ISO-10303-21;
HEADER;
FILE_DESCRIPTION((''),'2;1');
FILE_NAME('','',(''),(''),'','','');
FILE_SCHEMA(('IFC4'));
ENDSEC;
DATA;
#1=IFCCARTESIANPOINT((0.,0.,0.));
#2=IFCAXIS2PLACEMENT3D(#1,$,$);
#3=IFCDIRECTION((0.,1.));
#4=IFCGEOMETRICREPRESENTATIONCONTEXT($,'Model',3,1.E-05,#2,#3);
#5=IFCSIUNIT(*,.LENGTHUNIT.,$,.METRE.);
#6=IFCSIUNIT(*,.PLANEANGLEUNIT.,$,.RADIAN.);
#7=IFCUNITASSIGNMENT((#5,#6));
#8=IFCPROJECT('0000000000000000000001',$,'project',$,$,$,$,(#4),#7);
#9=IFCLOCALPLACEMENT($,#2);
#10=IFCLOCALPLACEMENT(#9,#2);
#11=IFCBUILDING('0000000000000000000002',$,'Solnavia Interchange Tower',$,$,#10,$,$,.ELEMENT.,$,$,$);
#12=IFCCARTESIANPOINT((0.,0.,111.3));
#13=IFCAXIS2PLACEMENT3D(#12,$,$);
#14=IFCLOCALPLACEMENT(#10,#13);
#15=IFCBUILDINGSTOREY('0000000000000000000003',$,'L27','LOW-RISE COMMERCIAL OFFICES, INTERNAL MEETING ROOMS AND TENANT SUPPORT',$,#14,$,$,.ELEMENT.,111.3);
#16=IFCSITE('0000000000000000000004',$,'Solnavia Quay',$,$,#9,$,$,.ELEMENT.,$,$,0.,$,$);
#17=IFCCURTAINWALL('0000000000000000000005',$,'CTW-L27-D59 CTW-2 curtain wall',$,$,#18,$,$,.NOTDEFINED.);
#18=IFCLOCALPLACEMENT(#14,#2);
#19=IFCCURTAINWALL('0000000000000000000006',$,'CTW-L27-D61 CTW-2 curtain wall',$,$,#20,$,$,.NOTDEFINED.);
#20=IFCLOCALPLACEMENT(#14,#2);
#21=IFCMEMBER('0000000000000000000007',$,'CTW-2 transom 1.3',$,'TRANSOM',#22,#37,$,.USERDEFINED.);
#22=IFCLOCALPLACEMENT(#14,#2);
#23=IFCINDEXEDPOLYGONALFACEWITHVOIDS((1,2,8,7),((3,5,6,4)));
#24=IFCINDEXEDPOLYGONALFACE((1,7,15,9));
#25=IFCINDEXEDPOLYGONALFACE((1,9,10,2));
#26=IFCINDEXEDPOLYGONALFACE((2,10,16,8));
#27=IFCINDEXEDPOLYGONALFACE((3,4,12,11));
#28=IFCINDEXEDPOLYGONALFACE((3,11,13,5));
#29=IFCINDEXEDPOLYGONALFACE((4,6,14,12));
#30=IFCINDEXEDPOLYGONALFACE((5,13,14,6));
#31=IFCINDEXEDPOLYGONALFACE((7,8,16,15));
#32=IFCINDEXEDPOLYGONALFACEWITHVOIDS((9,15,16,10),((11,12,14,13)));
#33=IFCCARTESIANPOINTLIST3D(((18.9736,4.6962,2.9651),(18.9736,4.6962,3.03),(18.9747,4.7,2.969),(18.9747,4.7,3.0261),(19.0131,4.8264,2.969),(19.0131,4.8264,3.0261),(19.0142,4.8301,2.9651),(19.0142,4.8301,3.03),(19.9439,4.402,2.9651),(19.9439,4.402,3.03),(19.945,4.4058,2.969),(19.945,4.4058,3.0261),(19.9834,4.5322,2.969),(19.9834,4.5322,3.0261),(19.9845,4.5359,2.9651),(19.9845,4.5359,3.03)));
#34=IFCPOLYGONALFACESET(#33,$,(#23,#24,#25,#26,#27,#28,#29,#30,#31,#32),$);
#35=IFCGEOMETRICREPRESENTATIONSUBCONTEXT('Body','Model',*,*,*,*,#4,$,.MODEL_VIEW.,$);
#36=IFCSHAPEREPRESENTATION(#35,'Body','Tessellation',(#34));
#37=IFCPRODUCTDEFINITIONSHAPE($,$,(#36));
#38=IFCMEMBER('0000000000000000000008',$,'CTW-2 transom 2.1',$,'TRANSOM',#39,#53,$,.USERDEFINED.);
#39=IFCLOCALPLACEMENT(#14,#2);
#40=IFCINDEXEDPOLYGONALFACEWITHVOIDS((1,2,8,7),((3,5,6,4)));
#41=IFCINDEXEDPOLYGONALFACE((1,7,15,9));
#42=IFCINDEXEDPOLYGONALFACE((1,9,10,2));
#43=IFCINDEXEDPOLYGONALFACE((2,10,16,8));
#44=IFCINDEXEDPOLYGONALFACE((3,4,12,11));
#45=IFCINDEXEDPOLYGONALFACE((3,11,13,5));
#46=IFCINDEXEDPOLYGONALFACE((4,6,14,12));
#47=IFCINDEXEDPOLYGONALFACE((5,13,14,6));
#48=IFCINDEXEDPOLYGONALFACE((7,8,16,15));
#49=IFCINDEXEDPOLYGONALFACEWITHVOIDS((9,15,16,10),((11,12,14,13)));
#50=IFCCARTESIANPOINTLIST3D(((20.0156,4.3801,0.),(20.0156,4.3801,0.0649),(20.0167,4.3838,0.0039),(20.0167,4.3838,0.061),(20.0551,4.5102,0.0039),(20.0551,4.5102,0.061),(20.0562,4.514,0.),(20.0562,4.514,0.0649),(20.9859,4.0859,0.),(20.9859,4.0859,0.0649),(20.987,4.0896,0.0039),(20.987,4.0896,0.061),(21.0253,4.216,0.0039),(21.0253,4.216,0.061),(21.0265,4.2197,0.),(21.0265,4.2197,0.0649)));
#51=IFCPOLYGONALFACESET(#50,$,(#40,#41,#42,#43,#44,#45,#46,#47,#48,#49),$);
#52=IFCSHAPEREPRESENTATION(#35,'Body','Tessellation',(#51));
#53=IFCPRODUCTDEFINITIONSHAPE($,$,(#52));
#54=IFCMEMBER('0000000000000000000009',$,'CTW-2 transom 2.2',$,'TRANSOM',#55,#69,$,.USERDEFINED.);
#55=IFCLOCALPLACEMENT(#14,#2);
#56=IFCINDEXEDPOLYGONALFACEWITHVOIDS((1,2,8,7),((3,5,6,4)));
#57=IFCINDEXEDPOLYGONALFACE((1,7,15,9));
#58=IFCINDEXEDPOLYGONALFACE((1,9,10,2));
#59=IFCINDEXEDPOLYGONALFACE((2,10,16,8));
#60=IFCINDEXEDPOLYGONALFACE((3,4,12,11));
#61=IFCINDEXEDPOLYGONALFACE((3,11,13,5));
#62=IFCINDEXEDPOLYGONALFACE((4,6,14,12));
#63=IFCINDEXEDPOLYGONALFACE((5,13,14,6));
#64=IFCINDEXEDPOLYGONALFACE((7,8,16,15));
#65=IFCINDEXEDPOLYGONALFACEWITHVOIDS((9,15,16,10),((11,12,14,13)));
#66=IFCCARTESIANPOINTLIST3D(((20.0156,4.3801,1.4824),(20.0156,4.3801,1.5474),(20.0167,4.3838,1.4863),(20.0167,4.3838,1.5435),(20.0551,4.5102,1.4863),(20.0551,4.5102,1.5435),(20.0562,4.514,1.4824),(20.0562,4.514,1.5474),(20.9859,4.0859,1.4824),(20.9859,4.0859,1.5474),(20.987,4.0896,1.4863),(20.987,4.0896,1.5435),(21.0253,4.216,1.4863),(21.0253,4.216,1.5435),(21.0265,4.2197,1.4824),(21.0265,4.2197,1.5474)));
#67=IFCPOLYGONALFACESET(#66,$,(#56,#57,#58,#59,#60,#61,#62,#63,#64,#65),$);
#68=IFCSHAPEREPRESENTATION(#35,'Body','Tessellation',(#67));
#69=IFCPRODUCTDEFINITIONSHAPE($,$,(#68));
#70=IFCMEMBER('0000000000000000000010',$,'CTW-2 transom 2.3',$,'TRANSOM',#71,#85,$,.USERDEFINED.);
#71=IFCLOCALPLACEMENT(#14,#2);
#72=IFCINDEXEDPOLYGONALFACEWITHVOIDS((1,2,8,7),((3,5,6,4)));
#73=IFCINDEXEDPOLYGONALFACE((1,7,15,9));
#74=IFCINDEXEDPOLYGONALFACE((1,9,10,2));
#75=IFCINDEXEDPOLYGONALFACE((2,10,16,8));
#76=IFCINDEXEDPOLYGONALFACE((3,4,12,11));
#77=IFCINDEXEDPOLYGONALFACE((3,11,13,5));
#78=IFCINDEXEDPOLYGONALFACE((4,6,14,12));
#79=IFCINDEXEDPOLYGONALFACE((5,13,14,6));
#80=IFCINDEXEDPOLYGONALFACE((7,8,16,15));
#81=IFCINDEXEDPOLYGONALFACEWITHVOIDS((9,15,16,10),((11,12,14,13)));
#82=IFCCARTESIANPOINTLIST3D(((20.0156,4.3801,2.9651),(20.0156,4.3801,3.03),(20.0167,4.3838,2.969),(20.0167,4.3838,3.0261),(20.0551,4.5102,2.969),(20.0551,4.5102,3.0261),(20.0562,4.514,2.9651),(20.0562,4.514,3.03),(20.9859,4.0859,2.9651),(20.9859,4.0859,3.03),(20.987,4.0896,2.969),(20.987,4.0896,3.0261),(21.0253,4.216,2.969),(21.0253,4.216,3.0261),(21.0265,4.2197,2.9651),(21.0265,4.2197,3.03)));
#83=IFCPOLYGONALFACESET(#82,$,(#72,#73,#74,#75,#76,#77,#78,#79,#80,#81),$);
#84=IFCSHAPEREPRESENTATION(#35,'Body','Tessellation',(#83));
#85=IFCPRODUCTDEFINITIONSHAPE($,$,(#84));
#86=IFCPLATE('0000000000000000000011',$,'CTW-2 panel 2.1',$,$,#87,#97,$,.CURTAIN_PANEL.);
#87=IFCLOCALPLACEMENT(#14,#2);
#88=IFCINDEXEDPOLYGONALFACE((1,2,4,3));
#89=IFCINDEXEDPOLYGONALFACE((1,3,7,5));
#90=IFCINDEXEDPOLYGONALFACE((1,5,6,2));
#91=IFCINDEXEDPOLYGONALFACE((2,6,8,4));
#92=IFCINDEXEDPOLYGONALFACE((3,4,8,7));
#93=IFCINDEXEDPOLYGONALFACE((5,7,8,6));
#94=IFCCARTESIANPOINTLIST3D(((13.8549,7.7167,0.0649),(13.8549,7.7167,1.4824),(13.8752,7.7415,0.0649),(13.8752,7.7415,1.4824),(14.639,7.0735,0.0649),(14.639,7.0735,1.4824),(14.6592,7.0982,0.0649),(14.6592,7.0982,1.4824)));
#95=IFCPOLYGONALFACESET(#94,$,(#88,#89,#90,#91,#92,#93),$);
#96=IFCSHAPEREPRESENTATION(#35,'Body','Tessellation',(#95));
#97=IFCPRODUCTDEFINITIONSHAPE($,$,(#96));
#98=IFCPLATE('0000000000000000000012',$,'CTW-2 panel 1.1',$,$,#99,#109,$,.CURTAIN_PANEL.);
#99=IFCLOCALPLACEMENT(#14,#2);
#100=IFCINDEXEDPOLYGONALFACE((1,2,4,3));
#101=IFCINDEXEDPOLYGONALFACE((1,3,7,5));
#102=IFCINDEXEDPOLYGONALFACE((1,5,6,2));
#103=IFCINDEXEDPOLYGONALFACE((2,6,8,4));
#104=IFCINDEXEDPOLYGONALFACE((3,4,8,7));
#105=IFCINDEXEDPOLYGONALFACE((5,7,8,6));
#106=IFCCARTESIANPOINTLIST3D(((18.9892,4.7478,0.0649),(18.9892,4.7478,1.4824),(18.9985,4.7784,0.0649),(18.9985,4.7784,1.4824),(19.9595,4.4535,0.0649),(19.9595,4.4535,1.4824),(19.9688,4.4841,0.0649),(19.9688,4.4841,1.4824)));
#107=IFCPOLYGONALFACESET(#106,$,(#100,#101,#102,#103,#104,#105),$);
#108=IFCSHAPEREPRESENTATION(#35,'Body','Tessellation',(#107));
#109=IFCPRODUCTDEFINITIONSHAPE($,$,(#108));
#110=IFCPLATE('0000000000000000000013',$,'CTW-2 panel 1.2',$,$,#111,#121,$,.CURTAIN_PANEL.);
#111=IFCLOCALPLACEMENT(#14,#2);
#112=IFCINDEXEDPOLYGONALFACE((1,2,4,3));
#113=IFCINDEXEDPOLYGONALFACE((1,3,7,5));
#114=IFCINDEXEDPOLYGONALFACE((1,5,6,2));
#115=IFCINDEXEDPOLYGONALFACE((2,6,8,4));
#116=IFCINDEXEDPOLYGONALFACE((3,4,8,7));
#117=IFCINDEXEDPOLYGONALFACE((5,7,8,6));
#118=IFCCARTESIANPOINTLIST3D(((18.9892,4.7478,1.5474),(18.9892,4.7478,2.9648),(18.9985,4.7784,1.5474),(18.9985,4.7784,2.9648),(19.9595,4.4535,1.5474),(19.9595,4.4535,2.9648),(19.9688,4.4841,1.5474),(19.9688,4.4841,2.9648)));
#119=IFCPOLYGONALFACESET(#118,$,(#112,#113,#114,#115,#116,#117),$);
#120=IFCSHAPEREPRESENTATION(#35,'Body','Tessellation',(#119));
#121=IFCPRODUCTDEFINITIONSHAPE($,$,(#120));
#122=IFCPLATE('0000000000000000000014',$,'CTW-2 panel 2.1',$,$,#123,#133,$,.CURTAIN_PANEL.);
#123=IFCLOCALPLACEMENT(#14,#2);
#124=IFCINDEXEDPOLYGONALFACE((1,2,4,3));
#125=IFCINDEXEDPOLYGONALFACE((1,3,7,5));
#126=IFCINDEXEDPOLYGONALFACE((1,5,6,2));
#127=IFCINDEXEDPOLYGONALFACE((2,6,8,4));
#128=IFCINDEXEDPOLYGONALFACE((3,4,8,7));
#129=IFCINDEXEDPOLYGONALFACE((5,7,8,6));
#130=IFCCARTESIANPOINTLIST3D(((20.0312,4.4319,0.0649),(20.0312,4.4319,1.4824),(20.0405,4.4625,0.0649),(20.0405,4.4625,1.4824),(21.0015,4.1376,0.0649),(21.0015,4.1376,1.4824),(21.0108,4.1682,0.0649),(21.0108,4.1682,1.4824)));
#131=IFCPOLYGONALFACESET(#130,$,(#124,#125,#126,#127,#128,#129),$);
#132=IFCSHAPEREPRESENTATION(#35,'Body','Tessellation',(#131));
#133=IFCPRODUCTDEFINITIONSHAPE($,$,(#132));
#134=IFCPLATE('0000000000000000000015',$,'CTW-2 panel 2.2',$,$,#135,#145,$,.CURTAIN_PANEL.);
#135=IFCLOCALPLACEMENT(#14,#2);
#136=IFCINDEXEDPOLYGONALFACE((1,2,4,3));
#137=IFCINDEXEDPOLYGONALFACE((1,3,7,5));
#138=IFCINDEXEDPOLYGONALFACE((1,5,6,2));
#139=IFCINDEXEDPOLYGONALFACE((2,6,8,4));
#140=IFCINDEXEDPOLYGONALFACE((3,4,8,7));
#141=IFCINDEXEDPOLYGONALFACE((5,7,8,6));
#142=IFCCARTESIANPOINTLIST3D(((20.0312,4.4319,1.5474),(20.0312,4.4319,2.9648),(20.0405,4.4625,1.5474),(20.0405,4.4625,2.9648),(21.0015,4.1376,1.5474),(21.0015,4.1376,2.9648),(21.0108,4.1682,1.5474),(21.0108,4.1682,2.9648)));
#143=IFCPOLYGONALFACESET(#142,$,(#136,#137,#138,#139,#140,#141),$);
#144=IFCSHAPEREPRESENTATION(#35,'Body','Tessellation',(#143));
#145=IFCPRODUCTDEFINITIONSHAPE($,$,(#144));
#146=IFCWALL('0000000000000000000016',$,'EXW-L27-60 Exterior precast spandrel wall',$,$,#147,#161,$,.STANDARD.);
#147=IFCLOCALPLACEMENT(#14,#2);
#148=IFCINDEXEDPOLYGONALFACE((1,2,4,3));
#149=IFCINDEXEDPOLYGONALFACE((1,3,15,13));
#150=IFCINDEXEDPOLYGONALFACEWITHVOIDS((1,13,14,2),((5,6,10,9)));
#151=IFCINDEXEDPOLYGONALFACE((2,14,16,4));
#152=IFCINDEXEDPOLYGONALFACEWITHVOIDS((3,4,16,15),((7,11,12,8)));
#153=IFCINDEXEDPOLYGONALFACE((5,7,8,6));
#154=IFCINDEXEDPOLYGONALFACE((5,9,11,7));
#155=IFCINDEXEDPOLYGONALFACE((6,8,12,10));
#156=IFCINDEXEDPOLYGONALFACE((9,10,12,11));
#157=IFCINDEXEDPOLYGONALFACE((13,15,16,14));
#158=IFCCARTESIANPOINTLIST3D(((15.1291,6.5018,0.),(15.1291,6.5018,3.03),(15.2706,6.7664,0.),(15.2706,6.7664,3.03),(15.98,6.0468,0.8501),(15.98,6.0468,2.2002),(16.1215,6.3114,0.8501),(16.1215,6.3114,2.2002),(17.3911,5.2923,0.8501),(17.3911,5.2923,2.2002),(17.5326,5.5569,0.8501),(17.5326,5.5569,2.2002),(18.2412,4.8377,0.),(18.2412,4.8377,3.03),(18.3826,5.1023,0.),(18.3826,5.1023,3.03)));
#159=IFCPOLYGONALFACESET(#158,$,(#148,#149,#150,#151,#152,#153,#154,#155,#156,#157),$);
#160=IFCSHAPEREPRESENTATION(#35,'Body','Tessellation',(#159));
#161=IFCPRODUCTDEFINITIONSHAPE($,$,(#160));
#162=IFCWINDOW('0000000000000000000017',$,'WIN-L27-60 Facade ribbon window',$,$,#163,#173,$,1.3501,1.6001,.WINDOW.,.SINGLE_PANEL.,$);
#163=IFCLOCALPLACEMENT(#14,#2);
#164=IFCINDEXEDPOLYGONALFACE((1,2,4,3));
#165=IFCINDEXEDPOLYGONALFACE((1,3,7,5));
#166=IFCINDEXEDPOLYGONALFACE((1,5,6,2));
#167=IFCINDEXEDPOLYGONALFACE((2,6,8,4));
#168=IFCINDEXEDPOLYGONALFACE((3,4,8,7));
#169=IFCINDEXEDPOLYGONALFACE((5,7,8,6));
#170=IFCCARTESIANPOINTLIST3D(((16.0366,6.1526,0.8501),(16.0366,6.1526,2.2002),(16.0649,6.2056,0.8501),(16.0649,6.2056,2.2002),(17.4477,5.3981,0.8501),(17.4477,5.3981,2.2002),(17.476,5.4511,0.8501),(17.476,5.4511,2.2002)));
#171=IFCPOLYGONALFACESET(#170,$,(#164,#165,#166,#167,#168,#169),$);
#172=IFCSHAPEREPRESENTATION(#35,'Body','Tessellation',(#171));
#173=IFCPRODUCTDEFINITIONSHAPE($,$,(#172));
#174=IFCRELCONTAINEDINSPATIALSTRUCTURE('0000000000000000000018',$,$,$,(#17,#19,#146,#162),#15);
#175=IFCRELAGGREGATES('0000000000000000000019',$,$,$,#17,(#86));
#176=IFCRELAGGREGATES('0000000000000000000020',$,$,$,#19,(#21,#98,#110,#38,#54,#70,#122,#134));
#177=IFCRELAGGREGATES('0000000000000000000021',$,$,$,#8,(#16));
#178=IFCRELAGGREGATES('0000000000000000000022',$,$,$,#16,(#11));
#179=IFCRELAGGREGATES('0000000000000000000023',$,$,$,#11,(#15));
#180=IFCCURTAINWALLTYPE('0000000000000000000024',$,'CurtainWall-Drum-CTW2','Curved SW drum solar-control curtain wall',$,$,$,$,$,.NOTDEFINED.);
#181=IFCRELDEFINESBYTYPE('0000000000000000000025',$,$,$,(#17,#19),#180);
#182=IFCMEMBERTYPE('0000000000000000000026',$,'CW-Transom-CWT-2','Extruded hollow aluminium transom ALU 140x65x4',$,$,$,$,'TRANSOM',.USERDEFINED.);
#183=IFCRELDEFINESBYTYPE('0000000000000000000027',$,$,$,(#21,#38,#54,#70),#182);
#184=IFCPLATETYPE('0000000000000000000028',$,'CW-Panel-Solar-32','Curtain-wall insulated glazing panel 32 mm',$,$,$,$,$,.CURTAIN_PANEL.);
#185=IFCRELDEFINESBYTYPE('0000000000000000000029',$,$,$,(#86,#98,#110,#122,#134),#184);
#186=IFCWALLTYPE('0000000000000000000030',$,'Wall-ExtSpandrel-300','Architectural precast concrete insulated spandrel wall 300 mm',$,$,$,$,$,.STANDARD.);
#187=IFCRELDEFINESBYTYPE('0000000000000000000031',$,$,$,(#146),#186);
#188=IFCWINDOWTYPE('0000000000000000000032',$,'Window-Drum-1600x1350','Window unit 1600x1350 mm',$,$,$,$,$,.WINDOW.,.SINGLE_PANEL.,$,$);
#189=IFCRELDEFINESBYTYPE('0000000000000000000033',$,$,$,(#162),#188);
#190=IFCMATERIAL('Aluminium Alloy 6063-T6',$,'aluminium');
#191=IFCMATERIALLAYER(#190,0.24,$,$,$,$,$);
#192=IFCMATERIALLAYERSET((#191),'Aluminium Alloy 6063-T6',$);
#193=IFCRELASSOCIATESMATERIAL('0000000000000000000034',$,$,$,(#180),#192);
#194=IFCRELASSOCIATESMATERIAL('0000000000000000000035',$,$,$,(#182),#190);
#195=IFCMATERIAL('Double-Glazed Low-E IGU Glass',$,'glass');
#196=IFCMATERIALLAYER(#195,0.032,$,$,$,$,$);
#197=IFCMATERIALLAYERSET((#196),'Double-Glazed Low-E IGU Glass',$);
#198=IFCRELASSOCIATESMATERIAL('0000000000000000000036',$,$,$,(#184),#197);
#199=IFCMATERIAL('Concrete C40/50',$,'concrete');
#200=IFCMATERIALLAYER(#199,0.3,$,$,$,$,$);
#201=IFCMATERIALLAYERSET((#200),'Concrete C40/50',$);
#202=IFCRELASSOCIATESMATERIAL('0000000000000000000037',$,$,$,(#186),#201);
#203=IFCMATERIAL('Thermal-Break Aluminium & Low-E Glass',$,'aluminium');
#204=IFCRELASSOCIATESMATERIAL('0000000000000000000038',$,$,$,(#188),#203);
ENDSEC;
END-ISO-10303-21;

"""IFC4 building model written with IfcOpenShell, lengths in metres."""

from ifc_helpers import new_model, si_unit, direction, frame, frame_2d, origin, origin_2d, place, context, subcontext, project, spatial, rectangle, hollow_rectangle, extrude, material, layer, layer_set, material_profile, profile_set, type_object, element, fill, aggregate, save


model = new_model("IFC4")

# Units and contexts
model_context = context("Model", 3, precision=1e-05, world=origin(), true_north=direction((0.0, 1.0)))
body_context = subcontext(model_context, "Body", "Model", "MODEL_VIEW")
ifc_project = project(units=[si_unit("LENGTHUNIT", "METRE"), si_unit("PLANEANGLEUNIT", "RADIAN")], contexts=[model_context])

# Site, building, storey
site_placement = place(None, origin())
site = spatial("IfcSite", under=ifc_project, at=site_placement, Name="Solnavia Quay", CompositionType="ELEMENT", RefElevation=0.0)
building_placement = place(site_placement, origin())
building = spatial("IfcBuilding", under=site, at=building_placement, Name="Solnavia Interchange Tower", CompositionType="ELEMENT")
storey_placement = place(building_placement, frame((0.0, 0.0, 111.3)))
storey = spatial("IfcBuildingStorey", under=building, at=storey_placement, Name="L27", Description="LOW-RISE COMMERCIAL OFFICES, INTERNAL MEETING ROOMS AND TENANT SUPPORT", CompositionType="ELEMENT", Elevation=111.3)

# Curtain wall
ifc_material_1 = material(Name="Aluminium Alloy 6063-T6", Category="aluminium")
ifc_layer_1 = layer(ifc_material_1, 0.24)
ifc_layer_set_1 = layer_set([ifc_layer_1], Name="Aluminium Alloy 6063-T6")
curtain_wall_type = type_object("IfcCurtainWallType", Name="CurtainWall-Drum-CTW2", Description="Curved SW drum solar-control curtain wall", PredefinedType="NOTDEFINED", material=ifc_layer_set_1)
curtain_wall_1_placement = place(storey_placement, origin())
curtain_wall_1 = element("IfcCurtainWall", 1, at=curtain_wall_1_placement, inside=storey, type_object=curtain_wall_type, Name="CTW-L27-D59 CTW-2 curtain wall", PredefinedType="NOTDEFINED")

# Curtain wall, members
curtain_wall_2_placement = place(storey_placement, origin())
curtain_wall_2 = element("IfcCurtainWall", 2, at=curtain_wall_2_placement, inside=storey, type_object=curtain_wall_type, Name="CTW-L27-D61 CTW-2 curtain wall", PredefinedType="NOTDEFINED")
ifc_material_profile_1 = material_profile(ifc_material_1, hollow_rectangle(XDim=0.0649, YDim=0.1399, WallThickness=0.0039, at=origin_2d()), Name="ALU 140x65x4")
ifc_profile_set_1 = profile_set([ifc_material_profile_1], Name="Aluminium Alloy 6063-T6")
member_type_1 = type_object("IfcMemberType", Name="CW-Transom-CWT-2", Description="Extruded hollow aluminium transom ALU 140x65x4", ElementType="TRANSOM", PredefinedType="USERDEFINED", material=ifc_profile_set_1)
member_1_placement = place(storey_placement, frame((18.9939, 4.7632, 2.9976), z_axis=(0.956974, -0.290174, 0.0), x_axis=(0.0, 0.0, 1.0)))
member_1 = element("IfcMember", 3, at=member_1_placement, type_object=member_type_1, Name="CTW-2 transom 1.3", ObjectType="TRANSOM", PredefinedType="USERDEFINED", context=body_context, shape_type="SweptSolid", body=[
    extrude(hollow_rectangle(XDim=0.0649, YDim=0.1399, WallThickness=0.0039, at=origin_2d()), origin(), (0.0, 0.0, 1.0), 1.0139),
])
member_2_placement = place(storey_placement, frame((20.0359, 4.447, 0.0325), z_axis=(0.956974, -0.290174, 0.0), x_axis=(0.0, 0.0, 1.0)))
member_2 = element("IfcMember", 4, at=member_2_placement, type_object=member_type_1, Name="CTW-2 transom 2.1", ObjectType="TRANSOM", PredefinedType="USERDEFINED", context=body_context, shape_type="SweptSolid", body=[
    extrude(hollow_rectangle(XDim=0.0649, YDim=0.1399, WallThickness=0.0039, at=origin_2d()), origin(), (0.0, 0.0, 1.0), 1.0139),
])
member_3_placement = place(storey_placement, frame((20.0359, 4.447, 1.5149), z_axis=(0.956974, -0.290174, 0.0), x_axis=(0.0, 0.0, 1.0)))
member_3 = element("IfcMember", 5, at=member_3_placement, type_object=member_type_1, Name="CTW-2 transom 2.2", ObjectType="TRANSOM", PredefinedType="USERDEFINED", context=body_context, shape_type="SweptSolid", body=[
    extrude(hollow_rectangle(XDim=0.0649, YDim=0.1399, WallThickness=0.0039, at=origin_2d()), origin(), (0.0, 0.0, 1.0), 1.0139),
])
member_4_placement = place(storey_placement, frame((20.0359, 4.447, 2.9976), z_axis=(0.956974, -0.290174, 0.0), x_axis=(0.0, 0.0, 1.0)))
member_4 = element("IfcMember", 6, at=member_4_placement, type_object=member_type_1, Name="CTW-2 transom 2.3", ObjectType="TRANSOM", PredefinedType="USERDEFINED", context=body_context, shape_type="SweptSolid", body=[
    extrude(hollow_rectangle(XDim=0.0649, YDim=0.1399, WallThickness=0.0039, at=origin_2d()), origin(), (0.0, 0.0, 1.0), 1.0139),
])

# Plates
ifc_material_2 = material(Name="Double-Glazed Low-E IGU Glass", Category="glass")
ifc_layer_2 = layer(ifc_material_2, 0.032)
ifc_layer_set_2 = layer_set([ifc_layer_2], Name="Double-Glazed Low-E IGU Glass")
plate_type = type_object("IfcPlateType", Name="CW-Panel-Solar-32", Description="Curtain-wall insulated glazing panel 32 mm", PredefinedType="CURTAIN_PANEL", material=ifc_layer_set_2)
plate_1_placement = place(storey_placement, frame((14.2571, 7.4075, 0.0649), z_axis=(0.0, 0.0, 1.0), x_axis=(0.773095, -0.634291, 0.0)))
plate_1 = element("IfcPlate", 7, at=plate_1_placement, type_object=plate_type, Name="CTW-2 panel 2.1", PredefinedType="CURTAIN_PANEL", context=body_context, shape_type="SweptSolid", body=[
    extrude(rectangle(XDim=1.0142, YDim=0.032, at=origin_2d()), origin(), (0.0, 0.0, 1.0), 1.4175),
])
aggregate(curtain_wall_1, [plate_1])
plate_2_placement = place(storey_placement, frame((19.479, 4.616, 0.0649), z_axis=(0.0, 0.0, 1.0), x_axis=(0.956935, -0.290303, 0.0)))
plate_2 = element("IfcPlate", 8, at=plate_2_placement, type_object=plate_type, Name="CTW-2 panel 1.1", PredefinedType="CURTAIN_PANEL", context=body_context, shape_type="SweptSolid", body=[
    extrude(rectangle(XDim=1.0139, YDim=0.032, at=origin_2d()), origin(), (0.0, 0.0, 1.0), 1.4175),
])
plate_3_placement = place(storey_placement, frame((19.479, 4.616, 1.5474), z_axis=(0.0, 0.0, 1.0), x_axis=(0.956935, -0.290303, 0.0)))
plate_3 = element("IfcPlate", 9, at=plate_3_placement, type_object=plate_type, Name="CTW-2 panel 1.2", PredefinedType="CURTAIN_PANEL", context=body_context, shape_type="SweptSolid", body=[
    extrude(rectangle(XDim=1.0139, YDim=0.032, at=origin_2d()), origin(), (0.0, 0.0, 1.0), 1.4175),
])
plate_4_placement = place(storey_placement, frame((20.521, 4.3, 0.0649), z_axis=(0.0, 0.0, 1.0), x_axis=(0.956935, -0.290303, 0.0)))
plate_4 = element("IfcPlate", 10, at=plate_4_placement, type_object=plate_type, Name="CTW-2 panel 2.1", PredefinedType="CURTAIN_PANEL", context=body_context, shape_type="SweptSolid", body=[
    extrude(rectangle(XDim=1.0139, YDim=0.032, at=origin_2d()), origin(), (0.0, 0.0, 1.0), 1.4175),
])
plate_5_placement = place(storey_placement, frame((20.521, 4.3, 1.5474), z_axis=(0.0, 0.0, 1.0), x_axis=(0.956935, -0.290303, 0.0)))
plate_5 = element("IfcPlate", 11, at=plate_5_placement, type_object=plate_type, Name="CTW-2 panel 2.2", PredefinedType="CURTAIN_PANEL", context=body_context, shape_type="SweptSolid", body=[
    extrude(rectangle(XDim=1.0139, YDim=0.032, at=origin_2d()), origin(), (0.0, 0.0, 1.0), 1.4175),
])
aggregate(curtain_wall_2, [member_1, plate_2, plate_3, member_2, member_3, member_4, plate_4, plate_5])

# Wall, opening, window
ifc_material_3 = material(Name="Concrete C40/50", Category="concrete")
ifc_layer_3 = layer(ifc_material_3, 0.3)
ifc_layer_set_3 = layer_set([ifc_layer_3], Name="Concrete C40/50")
wall_type = type_object("IfcWallType", Name="Wall-ExtSpandrel-300", Description="Architectural precast concrete insulated spandrel wall 300 mm", PredefinedType="STANDARD", material=ifc_layer_set_3)
wall_placement = place(storey_placement, frame((18.312, 4.97, 0.0), z_axis=(0.0, 0.0, 1.0), x_axis=(-0.881847, 0.471536, 0.0)))
wall = element("IfcWall", 12, at=wall_placement, inside=storey, type_object=wall_type, Name="EXW-L27-60 Exterior precast spandrel wall", PredefinedType="STANDARD", context=body_context, shape_type="SweptSolid", body=[
    extrude(rectangle(XDim=3.5291, YDim=0.3, at=frame_2d((1.7646, 0.0))), origin(), (0.0, 0.0, 1.0), 3.03),
])
opening_placement = place(wall_placement, frame((0.9641, 0.0, 0.8501)))
opening = element("IfcOpeningElement", 13, at=opening_placement, cuts=wall, PredefinedType="OPENING", context=body_context, shape_type="SweptSolid", body=[
    extrude(rectangle(XDim=1.6001, YDim=1.3501, at=frame_2d((0.8, 0.675))), frame((0.0, 0.1602, 0.0), z_axis=(0.0, -1.0, 0.0), x_axis=(1.0, 0.0, 0.0)), (0.0, 0.0, 1.0), 0.3201),
])
ifc_material_4 = material(Name="Thermal-Break Aluminium & Low-E Glass", Category="aluminium")
window_type = type_object("IfcWindowType", Name="Window-Drum-1600x1350", Description="Window unit 1600x1350 mm", PartitioningType="SINGLE_PANEL", PredefinedType="WINDOW", material=ifc_material_4)
window_placement = place(opening_placement, origin())
window = element("IfcWindow", 14, at=window_placement, inside=storey, type_object=window_type, Name="WIN-L27-60 Facade ribbon window", OverallHeight=1.3501, OverallWidth=1.6001, PartitioningType="SINGLE_PANEL", PredefinedType="WINDOW", context=body_context, shape_type="SweptSolid", body=[
    extrude(rectangle(XDim=1.6001, YDim=1.3501, at=frame_2d((0.8, 0.675))), frame((0.0, 0.03, 0.0), z_axis=(0.0, -1.0, 0.0), x_axis=(1.0, 0.0, 0.0)), (0.0, 0.0, 1.0), 0.0601),
])
fill(opening, window)

save(model, "model.ifc")
